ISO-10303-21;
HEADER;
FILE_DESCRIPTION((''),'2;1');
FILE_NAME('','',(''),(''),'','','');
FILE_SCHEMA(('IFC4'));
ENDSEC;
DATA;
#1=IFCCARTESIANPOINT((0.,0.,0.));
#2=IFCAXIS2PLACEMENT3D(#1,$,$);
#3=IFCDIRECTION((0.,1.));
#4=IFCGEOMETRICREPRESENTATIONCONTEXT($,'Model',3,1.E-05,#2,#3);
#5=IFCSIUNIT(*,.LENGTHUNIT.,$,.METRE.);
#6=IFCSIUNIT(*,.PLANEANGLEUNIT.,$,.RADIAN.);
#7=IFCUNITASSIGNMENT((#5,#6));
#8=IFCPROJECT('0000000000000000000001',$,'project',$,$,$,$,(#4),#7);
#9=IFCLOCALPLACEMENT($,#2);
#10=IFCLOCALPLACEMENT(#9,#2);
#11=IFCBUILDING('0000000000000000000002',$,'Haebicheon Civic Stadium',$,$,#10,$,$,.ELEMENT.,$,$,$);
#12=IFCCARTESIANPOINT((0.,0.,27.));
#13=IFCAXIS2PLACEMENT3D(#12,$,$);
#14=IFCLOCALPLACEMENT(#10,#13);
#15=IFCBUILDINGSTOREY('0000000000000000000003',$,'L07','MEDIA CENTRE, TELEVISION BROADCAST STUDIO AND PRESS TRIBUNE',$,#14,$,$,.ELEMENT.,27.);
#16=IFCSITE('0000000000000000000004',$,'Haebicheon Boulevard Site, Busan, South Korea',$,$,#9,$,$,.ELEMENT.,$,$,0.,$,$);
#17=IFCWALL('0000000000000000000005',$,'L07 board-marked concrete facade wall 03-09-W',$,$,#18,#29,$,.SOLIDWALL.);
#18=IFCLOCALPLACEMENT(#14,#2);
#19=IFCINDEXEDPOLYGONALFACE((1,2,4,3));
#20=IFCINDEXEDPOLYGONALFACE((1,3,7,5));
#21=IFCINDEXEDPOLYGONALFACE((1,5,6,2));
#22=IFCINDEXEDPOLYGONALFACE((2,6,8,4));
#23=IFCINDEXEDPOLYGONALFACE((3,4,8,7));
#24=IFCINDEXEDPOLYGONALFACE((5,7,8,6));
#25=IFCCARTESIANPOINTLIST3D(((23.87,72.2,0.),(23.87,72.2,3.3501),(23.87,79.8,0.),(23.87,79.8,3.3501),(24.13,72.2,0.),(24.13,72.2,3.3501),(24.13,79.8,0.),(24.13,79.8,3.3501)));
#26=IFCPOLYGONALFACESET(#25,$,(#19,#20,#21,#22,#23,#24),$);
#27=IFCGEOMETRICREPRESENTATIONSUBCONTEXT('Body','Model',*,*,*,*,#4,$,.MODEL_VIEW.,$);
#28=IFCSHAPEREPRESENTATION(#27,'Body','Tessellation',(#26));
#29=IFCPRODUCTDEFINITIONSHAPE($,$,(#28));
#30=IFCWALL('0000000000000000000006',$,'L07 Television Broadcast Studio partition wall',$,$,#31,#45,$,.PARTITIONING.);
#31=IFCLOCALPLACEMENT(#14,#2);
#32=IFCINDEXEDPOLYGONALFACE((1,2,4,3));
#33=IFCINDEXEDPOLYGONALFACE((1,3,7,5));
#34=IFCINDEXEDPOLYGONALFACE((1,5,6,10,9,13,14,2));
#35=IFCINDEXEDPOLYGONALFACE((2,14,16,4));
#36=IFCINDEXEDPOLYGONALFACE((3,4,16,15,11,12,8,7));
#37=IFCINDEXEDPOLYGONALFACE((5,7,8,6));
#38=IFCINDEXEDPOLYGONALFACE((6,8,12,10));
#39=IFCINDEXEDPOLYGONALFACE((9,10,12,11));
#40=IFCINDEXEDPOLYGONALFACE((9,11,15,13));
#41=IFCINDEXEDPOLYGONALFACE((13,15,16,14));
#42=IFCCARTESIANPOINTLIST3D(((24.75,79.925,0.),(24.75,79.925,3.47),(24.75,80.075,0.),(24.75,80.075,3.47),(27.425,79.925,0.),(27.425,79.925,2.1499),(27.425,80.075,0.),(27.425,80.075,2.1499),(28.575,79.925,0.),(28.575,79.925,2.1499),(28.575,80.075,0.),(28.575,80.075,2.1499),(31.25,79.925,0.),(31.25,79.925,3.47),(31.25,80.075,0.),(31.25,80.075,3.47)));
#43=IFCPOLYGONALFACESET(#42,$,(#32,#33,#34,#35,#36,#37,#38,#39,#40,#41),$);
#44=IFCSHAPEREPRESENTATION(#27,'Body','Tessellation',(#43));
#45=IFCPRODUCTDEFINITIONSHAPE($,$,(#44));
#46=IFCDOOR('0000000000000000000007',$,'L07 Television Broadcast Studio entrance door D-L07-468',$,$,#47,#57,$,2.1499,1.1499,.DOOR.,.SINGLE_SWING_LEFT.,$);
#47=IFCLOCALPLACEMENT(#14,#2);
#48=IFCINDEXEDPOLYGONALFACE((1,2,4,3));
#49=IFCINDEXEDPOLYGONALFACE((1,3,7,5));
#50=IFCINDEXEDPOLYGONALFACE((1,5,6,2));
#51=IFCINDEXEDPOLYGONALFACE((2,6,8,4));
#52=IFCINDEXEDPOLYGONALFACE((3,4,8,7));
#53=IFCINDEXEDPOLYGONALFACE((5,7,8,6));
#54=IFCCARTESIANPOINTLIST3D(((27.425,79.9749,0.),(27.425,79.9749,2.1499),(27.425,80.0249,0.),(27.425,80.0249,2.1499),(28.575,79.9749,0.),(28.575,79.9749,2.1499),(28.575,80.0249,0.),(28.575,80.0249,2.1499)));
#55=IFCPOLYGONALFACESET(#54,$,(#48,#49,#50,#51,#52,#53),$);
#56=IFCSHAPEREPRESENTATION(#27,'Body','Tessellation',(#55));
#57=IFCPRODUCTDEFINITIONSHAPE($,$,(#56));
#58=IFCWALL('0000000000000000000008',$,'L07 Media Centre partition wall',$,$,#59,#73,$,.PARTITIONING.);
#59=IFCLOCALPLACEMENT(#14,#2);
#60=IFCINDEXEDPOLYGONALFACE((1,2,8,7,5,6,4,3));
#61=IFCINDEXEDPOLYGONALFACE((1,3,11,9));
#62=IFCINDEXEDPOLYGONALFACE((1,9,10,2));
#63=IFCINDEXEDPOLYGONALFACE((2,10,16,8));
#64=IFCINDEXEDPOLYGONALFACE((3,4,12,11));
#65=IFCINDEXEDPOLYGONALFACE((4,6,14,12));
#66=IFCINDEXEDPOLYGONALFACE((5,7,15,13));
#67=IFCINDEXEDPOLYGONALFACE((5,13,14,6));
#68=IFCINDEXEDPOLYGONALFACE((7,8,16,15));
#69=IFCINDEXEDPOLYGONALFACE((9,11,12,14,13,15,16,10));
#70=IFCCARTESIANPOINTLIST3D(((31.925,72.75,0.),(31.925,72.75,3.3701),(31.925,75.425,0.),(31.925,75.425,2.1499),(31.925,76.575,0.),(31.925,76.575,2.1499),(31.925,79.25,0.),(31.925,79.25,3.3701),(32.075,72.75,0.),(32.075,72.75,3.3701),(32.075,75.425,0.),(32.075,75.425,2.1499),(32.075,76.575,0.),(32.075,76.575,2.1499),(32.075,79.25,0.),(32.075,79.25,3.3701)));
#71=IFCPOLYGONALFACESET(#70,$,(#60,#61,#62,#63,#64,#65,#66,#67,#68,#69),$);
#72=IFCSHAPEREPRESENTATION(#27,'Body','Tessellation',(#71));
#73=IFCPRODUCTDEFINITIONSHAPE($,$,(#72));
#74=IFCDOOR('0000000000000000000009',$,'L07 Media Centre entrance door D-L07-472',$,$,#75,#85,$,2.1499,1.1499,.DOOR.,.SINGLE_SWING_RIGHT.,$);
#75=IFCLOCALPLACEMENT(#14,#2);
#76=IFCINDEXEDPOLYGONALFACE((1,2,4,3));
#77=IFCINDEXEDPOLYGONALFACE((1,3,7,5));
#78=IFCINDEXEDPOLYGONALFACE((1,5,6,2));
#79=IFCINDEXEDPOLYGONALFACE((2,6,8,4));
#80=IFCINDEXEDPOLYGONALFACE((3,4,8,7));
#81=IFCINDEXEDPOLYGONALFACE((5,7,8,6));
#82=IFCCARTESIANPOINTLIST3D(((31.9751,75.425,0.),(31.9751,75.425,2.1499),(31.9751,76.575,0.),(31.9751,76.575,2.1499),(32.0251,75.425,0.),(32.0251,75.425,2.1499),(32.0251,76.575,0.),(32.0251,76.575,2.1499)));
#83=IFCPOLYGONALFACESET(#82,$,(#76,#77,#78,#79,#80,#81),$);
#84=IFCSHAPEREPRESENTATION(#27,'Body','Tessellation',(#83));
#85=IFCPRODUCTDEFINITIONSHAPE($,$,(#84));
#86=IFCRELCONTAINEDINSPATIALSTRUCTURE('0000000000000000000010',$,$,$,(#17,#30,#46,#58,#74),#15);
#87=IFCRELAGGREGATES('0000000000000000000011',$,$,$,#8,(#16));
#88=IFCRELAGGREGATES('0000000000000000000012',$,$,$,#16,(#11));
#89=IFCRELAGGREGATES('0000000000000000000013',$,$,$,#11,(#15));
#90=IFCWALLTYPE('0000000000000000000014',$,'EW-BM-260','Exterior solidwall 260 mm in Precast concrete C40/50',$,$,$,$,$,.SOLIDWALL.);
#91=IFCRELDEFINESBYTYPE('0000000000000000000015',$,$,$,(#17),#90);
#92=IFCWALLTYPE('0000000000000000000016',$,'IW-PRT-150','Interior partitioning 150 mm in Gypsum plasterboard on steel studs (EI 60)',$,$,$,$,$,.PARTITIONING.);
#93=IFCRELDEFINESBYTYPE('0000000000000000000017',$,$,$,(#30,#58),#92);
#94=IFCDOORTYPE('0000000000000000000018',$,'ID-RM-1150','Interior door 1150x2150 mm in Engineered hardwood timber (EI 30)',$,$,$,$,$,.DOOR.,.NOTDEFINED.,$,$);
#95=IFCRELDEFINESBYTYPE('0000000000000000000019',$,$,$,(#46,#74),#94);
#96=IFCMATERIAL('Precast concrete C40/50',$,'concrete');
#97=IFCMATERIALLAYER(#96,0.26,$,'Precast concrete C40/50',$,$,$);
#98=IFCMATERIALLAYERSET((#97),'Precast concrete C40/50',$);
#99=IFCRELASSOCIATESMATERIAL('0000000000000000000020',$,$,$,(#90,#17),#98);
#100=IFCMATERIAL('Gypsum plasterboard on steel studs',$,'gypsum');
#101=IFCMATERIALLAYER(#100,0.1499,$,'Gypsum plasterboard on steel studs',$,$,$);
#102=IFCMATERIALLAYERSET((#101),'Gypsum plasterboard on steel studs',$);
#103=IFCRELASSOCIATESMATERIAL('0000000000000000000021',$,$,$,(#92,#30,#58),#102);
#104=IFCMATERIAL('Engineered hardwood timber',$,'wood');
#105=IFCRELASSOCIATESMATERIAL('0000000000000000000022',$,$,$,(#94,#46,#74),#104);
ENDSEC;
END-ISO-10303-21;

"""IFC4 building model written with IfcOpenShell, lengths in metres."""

from ifc_helpers import new_model, si_unit, direction, frame, frame_2d, origin, place, context, subcontext, project, spatial, rectangle, extrude, material, layer, layer_set, type_object, element, fill, save


model = new_model("IFC4")

# Units and contexts
model_context = context("Model", 3, precision=1e-05, world=origin(), true_north=direction((0.0, 1.0)))
body_context = subcontext(model_context, "Body", "Model", "MODEL_VIEW")
ifc_project = project(units=[si_unit("LENGTHUNIT", "METRE"), si_unit("PLANEANGLEUNIT", "RADIAN")], contexts=[model_context])

# Site, building, storey
site_placement = place(None, origin())
site = spatial("IfcSite", under=ifc_project, at=site_placement, Name="Haebicheon Boulevard Site, Busan, South Korea", CompositionType="ELEMENT", RefElevation=0.0)
building_placement = place(site_placement, origin())
building = spatial("IfcBuilding", under=site, at=building_placement, Name="Haebicheon Civic Stadium", CompositionType="ELEMENT")
storey_placement = place(building_placement, frame((0.0, 0.0, 27.0)))
storey = spatial("IfcBuildingStorey", under=building, at=storey_placement, Name="L07", Description="MEDIA CENTRE, TELEVISION BROADCAST STUDIO AND PRESS TRIBUNE", CompositionType="ELEMENT", Elevation=27.0)

# Wall
ifc_material_1 = material(Name="Precast concrete C40/50", Category="concrete")
ifc_layer_1 = layer(ifc_material_1, 0.26, Name="Precast concrete C40/50")
ifc_layer_set_1 = layer_set([ifc_layer_1], Name="Precast concrete C40/50")
wall_type_1 = type_object("IfcWallType", Name="EW-BM-260", Description="Exterior solidwall 260 mm in Precast concrete C40/50", PredefinedType="SOLIDWALL", material=ifc_layer_set_1)
wall_1_placement = place(storey_placement, frame((24.0, 72.2, 0.0), z_axis=(0.0, 0.0, 1.0), x_axis=(0.0, 1.0, 0.0)))
element("IfcWall", 1, at=wall_1_placement, inside=storey, type_object=wall_type_1, material=ifc_layer_set_1, Name="L07 board-marked concrete facade wall 03-09-W", PredefinedType="SOLIDWALL", context=body_context, shape_type="SweptSolid", body=[
    extrude(rectangle(XDim=7.6001, YDim=0.26, at=frame_2d((3.8, 0.0))), origin(), (0.0, 0.0, 1.0), 3.3501),
])

# Walls, openings, doors
ifc_material_2 = material(Name="Gypsum plasterboard on steel studs", Category="gypsum")
ifc_layer_2 = layer(ifc_material_2, 0.1499, Name="Gypsum plasterboard on steel studs")
ifc_layer_set_2 = layer_set([ifc_layer_2], Name="Gypsum plasterboard on steel studs")
wall_type_2 = type_object("IfcWallType", Name="IW-PRT-150", Description="Interior partitioning 150 mm in Gypsum plasterboard on steel studs (EI 60)", PredefinedType="PARTITIONING", material=ifc_layer_set_2)
wall_2_placement = place(storey_placement, frame((24.75, 80.0, 0.0), z_axis=(0.0, 0.0, 1.0), x_axis=(1.0, 0.0, 0.0)))
wall_2 = element("IfcWall", 2, at=wall_2_placement, inside=storey, type_object=wall_type_2, material=ifc_layer_set_2, Name="L07 Television Broadcast Studio partition wall", PredefinedType="PARTITIONING", context=body_context, shape_type="SweptSolid", body=[
    extrude(rectangle(XDim=6.5, YDim=0.1499, at=frame_2d((3.25, 0.0))), origin(), (0.0, 0.0, 1.0), 3.47),
])
opening_1_placement = place(wall_2_placement, frame((2.675, 0.0, 0.0)))
opening_1 = element("IfcOpeningElement", 3, at=opening_1_placement, cuts=wall_2, PredefinedType="OPENING", context=body_context, shape_type="SweptSolid", body=[
    extrude(rectangle(XDim=1.1499, YDim=2.1499, at=frame_2d((0.575, 1.075))), frame((0.0, 0.085, 0.0), z_axis=(0.0, -1.0, 0.0), x_axis=(1.0, 0.0, 0.0)), (0.0, 0.0, 1.0), 0.1699),
])
ifc_material_3 = material(Name="Engineered hardwood timber", Category="wood")
door_type = type_object("IfcDoorType", Name="ID-RM-1150", Description="Interior door 1150x2150 mm in Engineered hardwood timber (EI 30)", OperationType="NOTDEFINED", PredefinedType="DOOR", material=ifc_material_3)
door_1_placement = place(opening_1_placement, origin())
door_1 = element("IfcDoor", 4, at=door_1_placement, inside=storey, type_object=door_type, material=ifc_material_3, Name="L07 Television Broadcast Studio entrance door D-L07-468", OperationType="SINGLE_SWING_LEFT", OverallHeight=2.1499, OverallWidth=1.1499, PredefinedType="DOOR", context=body_context, shape_type="SweptSolid", body=[
    extrude(rectangle(XDim=1.1499, YDim=2.1499, at=frame_2d((0.575, 1.075))), frame((0.0, 0.0249, 0.0), z_axis=(0.0, -1.0, 0.0), x_axis=(1.0, 0.0, 0.0)), (0.0, 0.0, 1.0), 0.05),
])
fill(opening_1, door_1)
wall_3_placement = place(storey_placement, frame((32.0, 72.75, 0.0), z_axis=(0.0, 0.0, 1.0), x_axis=(0.0, 1.0, 0.0)))
wall_3 = element("IfcWall", 5, at=wall_3_placement, inside=storey, type_object=wall_type_2, material=ifc_layer_set_2, Name="L07 Media Centre partition wall", PredefinedType="PARTITIONING", context=body_context, shape_type="SweptSolid", body=[
    extrude(rectangle(XDim=6.5, YDim=0.1499, at=frame_2d((3.25, 0.0))), origin(), (0.0, 0.0, 1.0), 3.3701),
])
opening_2_placement = place(wall_3_placement, frame((2.675, 0.0, 0.0)))
opening_2 = element("IfcOpeningElement", 6, at=opening_2_placement, cuts=wall_3, PredefinedType="OPENING", context=body_context, shape_type="SweptSolid", body=[
    extrude(rectangle(XDim=1.1499, YDim=2.1499, at=frame_2d((0.575, 1.075))), frame((0.0, 0.085, 0.0), z_axis=(0.0, -1.0, 0.0), x_axis=(1.0, 0.0, 0.0)), (0.0, 0.0, 1.0), 0.1699),
])
door_2_placement = place(opening_2_placement, origin())
door_2 = element("IfcDoor", 7, at=door_2_placement, inside=storey, type_object=door_type, material=ifc_material_3, Name="L07 Media Centre entrance door D-L07-472", OperationType="SINGLE_SWING_RIGHT", OverallHeight=2.1499, OverallWidth=1.1499, PredefinedType="DOOR", context=body_context, shape_type="SweptSolid", body=[
    extrude(rectangle(XDim=1.1499, YDim=2.1499, at=frame_2d((0.575, 1.075))), frame((0.0, 0.0249, 0.0), z_axis=(0.0, -1.0, 0.0), x_axis=(1.0, 0.0, 0.0)), (0.0, 0.0, 1.0), 0.05),
])
fill(opening_2, door_2)

save(model, "model.ifc")
